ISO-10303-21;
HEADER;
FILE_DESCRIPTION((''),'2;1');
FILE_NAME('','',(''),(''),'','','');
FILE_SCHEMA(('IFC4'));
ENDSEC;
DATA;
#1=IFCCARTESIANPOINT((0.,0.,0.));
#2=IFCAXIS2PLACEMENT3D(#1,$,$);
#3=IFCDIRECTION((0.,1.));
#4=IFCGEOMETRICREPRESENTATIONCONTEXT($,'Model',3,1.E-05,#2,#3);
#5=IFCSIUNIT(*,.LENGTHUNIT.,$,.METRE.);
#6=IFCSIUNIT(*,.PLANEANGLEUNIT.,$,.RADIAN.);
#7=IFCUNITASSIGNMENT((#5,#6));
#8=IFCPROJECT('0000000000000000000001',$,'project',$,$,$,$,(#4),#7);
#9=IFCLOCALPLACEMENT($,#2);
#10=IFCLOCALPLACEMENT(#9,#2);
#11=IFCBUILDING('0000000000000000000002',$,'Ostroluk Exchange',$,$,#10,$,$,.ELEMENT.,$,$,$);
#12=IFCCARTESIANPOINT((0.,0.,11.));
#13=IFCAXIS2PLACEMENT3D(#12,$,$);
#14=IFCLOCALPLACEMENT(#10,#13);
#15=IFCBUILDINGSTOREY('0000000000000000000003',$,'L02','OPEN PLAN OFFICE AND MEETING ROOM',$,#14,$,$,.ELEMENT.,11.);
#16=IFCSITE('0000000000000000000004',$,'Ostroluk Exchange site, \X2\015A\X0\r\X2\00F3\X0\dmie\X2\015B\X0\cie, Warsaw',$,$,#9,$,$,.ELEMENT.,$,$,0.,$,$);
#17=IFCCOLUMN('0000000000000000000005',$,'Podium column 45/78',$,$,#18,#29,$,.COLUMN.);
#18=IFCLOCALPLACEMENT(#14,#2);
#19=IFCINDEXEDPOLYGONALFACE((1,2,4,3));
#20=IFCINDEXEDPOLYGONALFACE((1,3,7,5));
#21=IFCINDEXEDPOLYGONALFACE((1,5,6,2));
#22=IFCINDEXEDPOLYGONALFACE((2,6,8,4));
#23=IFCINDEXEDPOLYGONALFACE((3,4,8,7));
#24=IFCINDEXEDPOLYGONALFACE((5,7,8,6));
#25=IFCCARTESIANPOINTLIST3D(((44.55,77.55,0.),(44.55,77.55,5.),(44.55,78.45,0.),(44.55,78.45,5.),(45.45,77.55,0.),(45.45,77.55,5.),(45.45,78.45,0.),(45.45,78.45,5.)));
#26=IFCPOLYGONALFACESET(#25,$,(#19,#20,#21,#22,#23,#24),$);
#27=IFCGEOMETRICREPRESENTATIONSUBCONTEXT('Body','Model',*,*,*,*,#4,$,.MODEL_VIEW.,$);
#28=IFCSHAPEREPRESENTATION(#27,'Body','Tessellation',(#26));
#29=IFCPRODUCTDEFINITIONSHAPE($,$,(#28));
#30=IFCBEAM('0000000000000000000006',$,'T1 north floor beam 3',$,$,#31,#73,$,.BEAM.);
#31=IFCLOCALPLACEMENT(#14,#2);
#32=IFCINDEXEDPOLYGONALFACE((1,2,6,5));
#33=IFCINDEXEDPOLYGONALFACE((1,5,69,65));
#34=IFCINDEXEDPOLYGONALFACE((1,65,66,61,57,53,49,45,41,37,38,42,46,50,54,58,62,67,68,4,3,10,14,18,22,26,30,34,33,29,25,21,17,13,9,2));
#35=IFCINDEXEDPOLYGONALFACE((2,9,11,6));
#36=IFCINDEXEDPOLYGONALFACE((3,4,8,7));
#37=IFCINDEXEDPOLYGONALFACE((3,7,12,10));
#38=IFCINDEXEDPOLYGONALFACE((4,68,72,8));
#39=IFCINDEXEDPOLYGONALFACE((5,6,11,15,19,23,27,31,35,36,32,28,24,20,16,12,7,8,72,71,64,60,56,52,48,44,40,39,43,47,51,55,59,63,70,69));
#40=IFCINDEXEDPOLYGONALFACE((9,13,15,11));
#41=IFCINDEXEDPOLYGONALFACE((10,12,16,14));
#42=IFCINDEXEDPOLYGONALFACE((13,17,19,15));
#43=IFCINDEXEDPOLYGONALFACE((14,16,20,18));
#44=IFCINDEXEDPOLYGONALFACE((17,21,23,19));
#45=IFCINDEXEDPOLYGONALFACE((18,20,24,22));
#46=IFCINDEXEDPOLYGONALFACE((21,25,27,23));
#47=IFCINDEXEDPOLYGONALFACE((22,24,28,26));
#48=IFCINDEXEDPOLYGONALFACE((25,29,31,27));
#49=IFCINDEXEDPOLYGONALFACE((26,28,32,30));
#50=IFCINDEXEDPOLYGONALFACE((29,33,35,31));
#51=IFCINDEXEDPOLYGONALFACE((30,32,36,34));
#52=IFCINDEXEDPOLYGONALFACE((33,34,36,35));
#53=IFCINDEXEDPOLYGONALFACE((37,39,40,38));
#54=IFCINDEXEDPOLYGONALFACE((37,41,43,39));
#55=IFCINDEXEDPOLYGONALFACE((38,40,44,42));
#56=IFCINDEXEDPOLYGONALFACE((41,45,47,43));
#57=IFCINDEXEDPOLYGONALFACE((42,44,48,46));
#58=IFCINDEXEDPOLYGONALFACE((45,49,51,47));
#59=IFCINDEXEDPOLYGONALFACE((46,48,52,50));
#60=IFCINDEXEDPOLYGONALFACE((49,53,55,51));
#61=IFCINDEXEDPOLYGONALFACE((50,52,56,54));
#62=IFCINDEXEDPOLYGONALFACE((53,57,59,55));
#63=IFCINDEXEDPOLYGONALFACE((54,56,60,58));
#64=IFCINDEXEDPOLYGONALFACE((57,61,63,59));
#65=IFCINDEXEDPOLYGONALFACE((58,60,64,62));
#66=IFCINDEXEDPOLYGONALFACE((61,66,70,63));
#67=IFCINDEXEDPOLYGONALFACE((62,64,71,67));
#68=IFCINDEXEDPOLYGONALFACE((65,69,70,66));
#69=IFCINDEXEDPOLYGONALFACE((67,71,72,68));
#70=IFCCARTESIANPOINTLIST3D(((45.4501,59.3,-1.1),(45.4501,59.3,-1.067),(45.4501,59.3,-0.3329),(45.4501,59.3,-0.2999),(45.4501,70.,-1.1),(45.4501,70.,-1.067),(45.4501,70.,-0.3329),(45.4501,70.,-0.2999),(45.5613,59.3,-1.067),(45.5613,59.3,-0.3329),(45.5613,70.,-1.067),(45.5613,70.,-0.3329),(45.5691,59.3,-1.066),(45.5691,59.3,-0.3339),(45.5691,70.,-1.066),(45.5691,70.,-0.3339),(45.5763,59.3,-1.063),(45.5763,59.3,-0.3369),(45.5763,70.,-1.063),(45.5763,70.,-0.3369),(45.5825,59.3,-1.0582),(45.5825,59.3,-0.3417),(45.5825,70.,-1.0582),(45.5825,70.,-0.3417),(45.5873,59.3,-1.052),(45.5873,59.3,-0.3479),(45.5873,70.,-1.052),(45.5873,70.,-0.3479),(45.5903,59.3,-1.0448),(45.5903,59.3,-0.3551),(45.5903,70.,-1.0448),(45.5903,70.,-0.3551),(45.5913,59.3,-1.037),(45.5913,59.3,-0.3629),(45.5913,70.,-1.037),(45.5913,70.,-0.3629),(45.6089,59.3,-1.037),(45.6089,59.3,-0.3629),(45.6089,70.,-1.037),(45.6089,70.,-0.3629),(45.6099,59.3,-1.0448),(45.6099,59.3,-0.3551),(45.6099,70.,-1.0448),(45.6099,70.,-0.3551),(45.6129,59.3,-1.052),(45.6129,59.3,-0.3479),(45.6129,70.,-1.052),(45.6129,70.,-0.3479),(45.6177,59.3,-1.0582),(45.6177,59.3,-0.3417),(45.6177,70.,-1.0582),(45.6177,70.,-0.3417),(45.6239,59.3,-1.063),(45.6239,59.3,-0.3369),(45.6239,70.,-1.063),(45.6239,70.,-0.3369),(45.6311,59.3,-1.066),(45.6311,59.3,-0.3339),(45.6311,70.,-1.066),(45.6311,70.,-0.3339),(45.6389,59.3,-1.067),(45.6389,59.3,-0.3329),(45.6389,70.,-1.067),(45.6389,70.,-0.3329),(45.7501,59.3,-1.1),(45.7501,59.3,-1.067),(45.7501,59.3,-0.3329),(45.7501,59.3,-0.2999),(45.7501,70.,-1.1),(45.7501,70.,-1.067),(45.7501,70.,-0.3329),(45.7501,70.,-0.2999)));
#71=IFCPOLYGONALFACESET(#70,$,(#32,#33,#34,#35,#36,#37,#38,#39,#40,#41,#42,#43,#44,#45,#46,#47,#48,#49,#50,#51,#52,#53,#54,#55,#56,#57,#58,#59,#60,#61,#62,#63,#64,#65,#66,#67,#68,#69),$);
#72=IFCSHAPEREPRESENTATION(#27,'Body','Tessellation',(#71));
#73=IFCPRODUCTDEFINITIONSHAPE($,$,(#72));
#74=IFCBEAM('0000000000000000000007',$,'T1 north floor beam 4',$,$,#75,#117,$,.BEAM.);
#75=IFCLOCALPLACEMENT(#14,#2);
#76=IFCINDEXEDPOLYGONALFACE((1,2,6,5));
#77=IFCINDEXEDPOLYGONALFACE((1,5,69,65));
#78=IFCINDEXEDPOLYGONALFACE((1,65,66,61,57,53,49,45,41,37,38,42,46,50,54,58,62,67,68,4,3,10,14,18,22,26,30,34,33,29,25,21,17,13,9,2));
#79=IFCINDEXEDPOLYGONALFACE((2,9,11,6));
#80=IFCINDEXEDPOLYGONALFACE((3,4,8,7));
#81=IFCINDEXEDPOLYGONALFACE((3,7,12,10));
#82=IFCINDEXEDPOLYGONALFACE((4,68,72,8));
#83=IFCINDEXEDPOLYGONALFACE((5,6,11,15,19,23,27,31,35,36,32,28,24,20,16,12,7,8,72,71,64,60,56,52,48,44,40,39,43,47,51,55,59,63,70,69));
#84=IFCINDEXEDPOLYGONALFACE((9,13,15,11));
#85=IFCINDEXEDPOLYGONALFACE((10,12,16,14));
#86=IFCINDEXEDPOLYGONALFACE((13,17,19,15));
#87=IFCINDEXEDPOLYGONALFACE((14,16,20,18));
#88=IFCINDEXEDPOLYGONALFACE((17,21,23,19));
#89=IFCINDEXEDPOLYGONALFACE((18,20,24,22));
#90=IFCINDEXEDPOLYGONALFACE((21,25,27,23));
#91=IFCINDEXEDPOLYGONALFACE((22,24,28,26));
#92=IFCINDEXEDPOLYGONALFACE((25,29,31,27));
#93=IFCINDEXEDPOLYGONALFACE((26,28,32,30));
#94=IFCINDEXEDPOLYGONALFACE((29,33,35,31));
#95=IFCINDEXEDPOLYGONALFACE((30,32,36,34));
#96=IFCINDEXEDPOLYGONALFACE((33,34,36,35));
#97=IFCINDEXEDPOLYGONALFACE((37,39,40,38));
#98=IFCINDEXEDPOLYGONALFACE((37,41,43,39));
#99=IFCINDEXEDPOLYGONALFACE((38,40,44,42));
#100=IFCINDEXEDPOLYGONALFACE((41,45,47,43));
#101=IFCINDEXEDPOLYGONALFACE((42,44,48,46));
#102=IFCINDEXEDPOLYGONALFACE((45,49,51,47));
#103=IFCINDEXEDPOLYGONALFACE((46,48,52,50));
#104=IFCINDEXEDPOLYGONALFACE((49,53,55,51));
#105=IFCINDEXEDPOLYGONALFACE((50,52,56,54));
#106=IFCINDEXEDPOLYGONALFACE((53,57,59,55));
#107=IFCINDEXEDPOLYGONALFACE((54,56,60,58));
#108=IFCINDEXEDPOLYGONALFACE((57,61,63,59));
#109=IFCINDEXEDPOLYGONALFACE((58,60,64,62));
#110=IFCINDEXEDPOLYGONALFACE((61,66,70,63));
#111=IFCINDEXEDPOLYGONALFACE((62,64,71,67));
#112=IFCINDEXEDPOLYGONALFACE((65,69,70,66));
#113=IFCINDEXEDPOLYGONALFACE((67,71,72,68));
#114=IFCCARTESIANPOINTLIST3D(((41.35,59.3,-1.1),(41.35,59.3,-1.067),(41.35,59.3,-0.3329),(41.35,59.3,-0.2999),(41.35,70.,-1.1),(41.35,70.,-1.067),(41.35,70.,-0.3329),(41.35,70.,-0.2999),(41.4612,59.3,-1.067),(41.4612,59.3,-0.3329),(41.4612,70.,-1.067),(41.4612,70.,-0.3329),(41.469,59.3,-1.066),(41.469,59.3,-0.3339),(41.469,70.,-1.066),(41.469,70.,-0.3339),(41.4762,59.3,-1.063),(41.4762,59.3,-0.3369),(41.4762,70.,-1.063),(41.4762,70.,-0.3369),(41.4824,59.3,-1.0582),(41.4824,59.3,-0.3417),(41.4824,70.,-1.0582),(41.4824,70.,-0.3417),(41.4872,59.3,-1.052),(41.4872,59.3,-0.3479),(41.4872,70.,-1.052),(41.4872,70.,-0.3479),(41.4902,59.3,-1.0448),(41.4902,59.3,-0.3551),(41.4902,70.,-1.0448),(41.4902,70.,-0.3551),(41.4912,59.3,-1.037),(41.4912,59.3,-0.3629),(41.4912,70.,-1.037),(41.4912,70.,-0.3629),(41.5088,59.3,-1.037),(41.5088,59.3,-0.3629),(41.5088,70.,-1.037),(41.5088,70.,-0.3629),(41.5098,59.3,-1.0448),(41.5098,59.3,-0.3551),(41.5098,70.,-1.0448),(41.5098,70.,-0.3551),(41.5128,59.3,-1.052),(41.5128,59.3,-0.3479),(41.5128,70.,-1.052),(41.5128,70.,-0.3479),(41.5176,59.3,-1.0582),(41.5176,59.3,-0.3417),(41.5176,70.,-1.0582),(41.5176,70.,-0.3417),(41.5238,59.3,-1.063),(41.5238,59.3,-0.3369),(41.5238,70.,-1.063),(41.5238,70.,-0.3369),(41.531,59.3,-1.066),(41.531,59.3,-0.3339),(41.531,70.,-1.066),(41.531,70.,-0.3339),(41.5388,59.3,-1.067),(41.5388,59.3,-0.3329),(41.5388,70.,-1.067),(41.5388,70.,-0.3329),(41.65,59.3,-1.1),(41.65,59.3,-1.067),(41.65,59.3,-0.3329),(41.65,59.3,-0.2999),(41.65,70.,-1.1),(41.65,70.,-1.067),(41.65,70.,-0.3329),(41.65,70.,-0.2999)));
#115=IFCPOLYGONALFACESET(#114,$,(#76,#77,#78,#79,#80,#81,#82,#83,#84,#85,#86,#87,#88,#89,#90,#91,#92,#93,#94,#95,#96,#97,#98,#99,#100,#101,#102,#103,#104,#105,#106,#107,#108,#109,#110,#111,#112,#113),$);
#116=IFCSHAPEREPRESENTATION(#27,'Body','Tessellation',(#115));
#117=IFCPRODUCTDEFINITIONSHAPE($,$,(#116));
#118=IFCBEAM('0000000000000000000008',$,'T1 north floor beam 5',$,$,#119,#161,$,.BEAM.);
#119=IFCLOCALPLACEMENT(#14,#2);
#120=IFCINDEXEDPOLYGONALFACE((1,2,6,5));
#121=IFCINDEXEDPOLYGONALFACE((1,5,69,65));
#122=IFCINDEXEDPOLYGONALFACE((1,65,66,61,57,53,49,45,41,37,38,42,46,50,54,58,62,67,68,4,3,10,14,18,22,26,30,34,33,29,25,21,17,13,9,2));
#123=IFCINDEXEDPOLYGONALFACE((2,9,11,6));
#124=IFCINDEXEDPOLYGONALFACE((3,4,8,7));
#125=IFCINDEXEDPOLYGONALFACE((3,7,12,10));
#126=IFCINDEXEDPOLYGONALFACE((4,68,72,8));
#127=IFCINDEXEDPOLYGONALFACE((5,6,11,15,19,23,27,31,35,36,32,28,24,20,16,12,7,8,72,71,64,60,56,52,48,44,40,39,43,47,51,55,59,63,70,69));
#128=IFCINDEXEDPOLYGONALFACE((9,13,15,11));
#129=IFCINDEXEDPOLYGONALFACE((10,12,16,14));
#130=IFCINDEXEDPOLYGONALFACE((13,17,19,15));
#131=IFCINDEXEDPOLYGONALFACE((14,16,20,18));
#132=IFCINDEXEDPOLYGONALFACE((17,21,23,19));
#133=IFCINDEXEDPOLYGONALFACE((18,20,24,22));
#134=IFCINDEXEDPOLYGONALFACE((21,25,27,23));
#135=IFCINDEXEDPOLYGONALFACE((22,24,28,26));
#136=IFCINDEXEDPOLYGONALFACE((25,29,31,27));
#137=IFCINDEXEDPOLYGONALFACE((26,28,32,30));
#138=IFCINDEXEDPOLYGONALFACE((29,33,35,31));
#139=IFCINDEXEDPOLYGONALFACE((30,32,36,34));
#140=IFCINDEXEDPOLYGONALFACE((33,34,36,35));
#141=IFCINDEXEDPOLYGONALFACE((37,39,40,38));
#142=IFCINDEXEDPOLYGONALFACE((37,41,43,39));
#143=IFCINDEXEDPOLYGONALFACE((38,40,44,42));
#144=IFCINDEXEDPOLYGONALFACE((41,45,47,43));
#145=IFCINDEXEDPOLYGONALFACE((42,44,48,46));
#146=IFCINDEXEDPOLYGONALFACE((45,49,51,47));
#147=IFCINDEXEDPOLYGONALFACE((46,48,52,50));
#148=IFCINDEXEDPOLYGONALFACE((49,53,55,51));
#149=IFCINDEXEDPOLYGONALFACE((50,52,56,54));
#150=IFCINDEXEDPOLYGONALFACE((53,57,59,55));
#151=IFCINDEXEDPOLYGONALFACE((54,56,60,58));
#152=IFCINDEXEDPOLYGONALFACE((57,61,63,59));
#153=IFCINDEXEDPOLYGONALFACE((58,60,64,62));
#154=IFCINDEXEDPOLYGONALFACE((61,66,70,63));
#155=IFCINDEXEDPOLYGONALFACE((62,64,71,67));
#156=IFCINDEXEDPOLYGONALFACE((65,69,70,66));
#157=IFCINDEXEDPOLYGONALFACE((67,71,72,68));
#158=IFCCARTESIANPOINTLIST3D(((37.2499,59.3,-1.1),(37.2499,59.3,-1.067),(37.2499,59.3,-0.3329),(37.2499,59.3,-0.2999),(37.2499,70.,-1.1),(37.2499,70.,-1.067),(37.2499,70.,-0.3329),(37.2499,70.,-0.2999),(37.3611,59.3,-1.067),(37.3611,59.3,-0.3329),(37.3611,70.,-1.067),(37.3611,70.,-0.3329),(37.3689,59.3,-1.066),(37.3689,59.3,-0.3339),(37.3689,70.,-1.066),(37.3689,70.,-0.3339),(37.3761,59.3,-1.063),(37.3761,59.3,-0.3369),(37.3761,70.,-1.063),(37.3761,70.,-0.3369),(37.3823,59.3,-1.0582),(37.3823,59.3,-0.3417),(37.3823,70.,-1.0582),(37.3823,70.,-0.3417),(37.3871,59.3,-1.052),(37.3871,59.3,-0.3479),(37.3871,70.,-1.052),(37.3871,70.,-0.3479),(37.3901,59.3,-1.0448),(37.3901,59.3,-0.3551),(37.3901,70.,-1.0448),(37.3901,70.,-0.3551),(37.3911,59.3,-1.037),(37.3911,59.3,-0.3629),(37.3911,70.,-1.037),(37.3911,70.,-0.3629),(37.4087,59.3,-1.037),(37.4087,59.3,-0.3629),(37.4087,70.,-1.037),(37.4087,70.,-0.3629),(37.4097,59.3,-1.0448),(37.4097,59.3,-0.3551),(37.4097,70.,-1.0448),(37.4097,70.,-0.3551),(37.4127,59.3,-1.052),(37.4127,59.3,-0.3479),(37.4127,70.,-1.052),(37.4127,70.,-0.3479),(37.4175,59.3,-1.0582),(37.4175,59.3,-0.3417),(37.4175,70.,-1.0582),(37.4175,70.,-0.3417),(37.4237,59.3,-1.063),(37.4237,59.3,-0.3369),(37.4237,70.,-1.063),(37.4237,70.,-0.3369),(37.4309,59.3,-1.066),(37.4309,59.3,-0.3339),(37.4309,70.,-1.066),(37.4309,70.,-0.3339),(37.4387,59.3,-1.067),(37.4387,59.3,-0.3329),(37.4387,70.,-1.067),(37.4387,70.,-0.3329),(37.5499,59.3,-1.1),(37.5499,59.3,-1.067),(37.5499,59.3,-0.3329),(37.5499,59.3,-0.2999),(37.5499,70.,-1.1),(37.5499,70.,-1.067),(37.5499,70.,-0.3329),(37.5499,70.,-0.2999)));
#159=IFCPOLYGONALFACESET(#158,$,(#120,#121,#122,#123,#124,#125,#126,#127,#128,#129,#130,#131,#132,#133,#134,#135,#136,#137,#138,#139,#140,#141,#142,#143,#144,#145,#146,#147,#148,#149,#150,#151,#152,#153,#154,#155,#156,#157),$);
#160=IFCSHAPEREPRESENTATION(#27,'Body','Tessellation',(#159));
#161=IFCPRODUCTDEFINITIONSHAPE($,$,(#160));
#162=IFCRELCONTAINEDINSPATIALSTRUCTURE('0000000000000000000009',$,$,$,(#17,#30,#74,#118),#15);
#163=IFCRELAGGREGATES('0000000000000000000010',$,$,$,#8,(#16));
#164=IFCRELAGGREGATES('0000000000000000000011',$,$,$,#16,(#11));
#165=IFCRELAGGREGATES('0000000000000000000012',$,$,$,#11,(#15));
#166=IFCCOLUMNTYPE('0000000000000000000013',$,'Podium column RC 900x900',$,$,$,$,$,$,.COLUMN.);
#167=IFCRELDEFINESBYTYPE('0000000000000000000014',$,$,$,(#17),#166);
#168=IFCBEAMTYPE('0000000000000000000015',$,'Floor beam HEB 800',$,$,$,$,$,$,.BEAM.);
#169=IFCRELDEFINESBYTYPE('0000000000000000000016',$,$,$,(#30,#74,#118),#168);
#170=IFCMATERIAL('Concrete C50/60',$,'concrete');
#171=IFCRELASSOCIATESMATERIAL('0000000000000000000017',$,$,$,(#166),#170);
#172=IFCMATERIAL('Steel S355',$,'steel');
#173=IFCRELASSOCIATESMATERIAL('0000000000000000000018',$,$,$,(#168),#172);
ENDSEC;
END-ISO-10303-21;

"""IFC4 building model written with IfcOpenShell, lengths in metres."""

from ifc_helpers import new_model, si_unit, direction, frame, origin, origin_2d, place, context, subcontext, project, spatial, rectangle, i_section, extrude, material, material_profile, profile_set, type_object, element, save


model = new_model("IFC4")

# Units and contexts
model_context = context("Model", 3, precision=1e-05, world=origin(), true_north=direction((0.0, 1.0)))
body_context = subcontext(model_context, "Body", "Model", "MODEL_VIEW")
ifc_project = project(units=[si_unit("LENGTHUNIT", "METRE"), si_unit("PLANEANGLEUNIT", "RADIAN")], contexts=[model_context])

# Site, building, storey
site_placement = place(None, origin())
site = spatial("IfcSite", under=ifc_project, at=site_placement, Name="Ostroluk Exchange site, Śródmieście, Warsaw", CompositionType="ELEMENT", RefElevation=0.0)
building_placement = place(site_placement, origin())
building = spatial("IfcBuilding", under=site, at=building_placement, Name="Ostroluk Exchange", CompositionType="ELEMENT")
storey_placement = place(building_placement, frame((0.0, 0.0, 11.0)))
storey = spatial("IfcBuildingStorey", under=building, at=storey_placement, Name="L02", Description="OPEN PLAN OFFICE AND MEETING ROOM", CompositionType="ELEMENT", Elevation=11.0)

# Column
ifc_material_1 = material(Name="Concrete C50/60", Category="concrete")
ifc_material_profile_1 = material_profile(ifc_material_1, rectangle(XDim=0.8999, YDim=0.8999, at=origin_2d()), Name="RC 900x900")
ifc_profile_set_1 = profile_set([ifc_material_profile_1], Name="Concrete C50/60")
column_type_1 = type_object("IfcColumnType", Name="Podium column RC 900x900", PredefinedType="COLUMN", material=ifc_profile_set_1)
for number, where, z_axis, x_axis, name in (
    (1, (45.0, 78.0, 0.0), (0.0, 0.0, 1.0), (1.0, 0.0, 0.0), "Podium column 45/78"),
):
    element("IfcColumn", number, at=place(storey_placement, frame(where, z_axis=z_axis, x_axis=x_axis)), inside=storey, type_object=column_type_1, Name=name, PredefinedType="COLUMN", context=body_context, shape_type="SweptSolid", body=[
        extrude(rectangle(XDim=0.8999, YDim=0.8999, at=origin_2d()), origin(), (0.0, 0.0, 1.0), 5.0),
    ])

# Beams
ifc_material_2 = material(Name="Steel S355", Category="steel")
ifc_material_profile_2 = material_profile(ifc_material_2, i_section(OverallWidth=0.3, OverallDepth=0.8, WebThickness=0.0176, FlangeThickness=0.033, FilletRadius=0.03, at=origin_2d()), Name="HEB 800")
ifc_profile_set_2 = profile_set([ifc_material_profile_2], Name="Steel S355")
beam_type_1 = type_object("IfcBeamType", Name="Floor beam HEB 800", PredefinedType="BEAM", material=ifc_profile_set_2)
for number, where, z_axis, x_axis, name in (
    (2, (45.6001, 59.3, -0.7), (0.0, 1.0, 0.0), (-1.0, 0.0, 0.0), "T1 north floor beam 3"),
    (3, (41.5, 59.3, -0.7), (0.0, 1.0, 0.0), (-1.0, 0.0, 0.0), "T1 north floor beam 4"),
    (4, (37.3999, 59.3, -0.7), (0.0, 1.0, 0.0), (-1.0, 0.0, 0.0), "T1 north floor beam 5"),
):
    element("IfcBeam", number, at=place(storey_placement, frame(where, z_axis=z_axis, x_axis=x_axis)), inside=storey, type_object=beam_type_1, Name=name, PredefinedType="BEAM", context=body_context, shape_type="SweptSolid", body=[
        extrude(i_section(OverallWidth=0.3, OverallDepth=0.8, WebThickness=0.0176, FlangeThickness=0.033, FilletRadius=0.03, at=origin_2d()), origin(), (0.0, 0.0, 1.0), 10.7),
    ])

save(model, "model.ifc")
